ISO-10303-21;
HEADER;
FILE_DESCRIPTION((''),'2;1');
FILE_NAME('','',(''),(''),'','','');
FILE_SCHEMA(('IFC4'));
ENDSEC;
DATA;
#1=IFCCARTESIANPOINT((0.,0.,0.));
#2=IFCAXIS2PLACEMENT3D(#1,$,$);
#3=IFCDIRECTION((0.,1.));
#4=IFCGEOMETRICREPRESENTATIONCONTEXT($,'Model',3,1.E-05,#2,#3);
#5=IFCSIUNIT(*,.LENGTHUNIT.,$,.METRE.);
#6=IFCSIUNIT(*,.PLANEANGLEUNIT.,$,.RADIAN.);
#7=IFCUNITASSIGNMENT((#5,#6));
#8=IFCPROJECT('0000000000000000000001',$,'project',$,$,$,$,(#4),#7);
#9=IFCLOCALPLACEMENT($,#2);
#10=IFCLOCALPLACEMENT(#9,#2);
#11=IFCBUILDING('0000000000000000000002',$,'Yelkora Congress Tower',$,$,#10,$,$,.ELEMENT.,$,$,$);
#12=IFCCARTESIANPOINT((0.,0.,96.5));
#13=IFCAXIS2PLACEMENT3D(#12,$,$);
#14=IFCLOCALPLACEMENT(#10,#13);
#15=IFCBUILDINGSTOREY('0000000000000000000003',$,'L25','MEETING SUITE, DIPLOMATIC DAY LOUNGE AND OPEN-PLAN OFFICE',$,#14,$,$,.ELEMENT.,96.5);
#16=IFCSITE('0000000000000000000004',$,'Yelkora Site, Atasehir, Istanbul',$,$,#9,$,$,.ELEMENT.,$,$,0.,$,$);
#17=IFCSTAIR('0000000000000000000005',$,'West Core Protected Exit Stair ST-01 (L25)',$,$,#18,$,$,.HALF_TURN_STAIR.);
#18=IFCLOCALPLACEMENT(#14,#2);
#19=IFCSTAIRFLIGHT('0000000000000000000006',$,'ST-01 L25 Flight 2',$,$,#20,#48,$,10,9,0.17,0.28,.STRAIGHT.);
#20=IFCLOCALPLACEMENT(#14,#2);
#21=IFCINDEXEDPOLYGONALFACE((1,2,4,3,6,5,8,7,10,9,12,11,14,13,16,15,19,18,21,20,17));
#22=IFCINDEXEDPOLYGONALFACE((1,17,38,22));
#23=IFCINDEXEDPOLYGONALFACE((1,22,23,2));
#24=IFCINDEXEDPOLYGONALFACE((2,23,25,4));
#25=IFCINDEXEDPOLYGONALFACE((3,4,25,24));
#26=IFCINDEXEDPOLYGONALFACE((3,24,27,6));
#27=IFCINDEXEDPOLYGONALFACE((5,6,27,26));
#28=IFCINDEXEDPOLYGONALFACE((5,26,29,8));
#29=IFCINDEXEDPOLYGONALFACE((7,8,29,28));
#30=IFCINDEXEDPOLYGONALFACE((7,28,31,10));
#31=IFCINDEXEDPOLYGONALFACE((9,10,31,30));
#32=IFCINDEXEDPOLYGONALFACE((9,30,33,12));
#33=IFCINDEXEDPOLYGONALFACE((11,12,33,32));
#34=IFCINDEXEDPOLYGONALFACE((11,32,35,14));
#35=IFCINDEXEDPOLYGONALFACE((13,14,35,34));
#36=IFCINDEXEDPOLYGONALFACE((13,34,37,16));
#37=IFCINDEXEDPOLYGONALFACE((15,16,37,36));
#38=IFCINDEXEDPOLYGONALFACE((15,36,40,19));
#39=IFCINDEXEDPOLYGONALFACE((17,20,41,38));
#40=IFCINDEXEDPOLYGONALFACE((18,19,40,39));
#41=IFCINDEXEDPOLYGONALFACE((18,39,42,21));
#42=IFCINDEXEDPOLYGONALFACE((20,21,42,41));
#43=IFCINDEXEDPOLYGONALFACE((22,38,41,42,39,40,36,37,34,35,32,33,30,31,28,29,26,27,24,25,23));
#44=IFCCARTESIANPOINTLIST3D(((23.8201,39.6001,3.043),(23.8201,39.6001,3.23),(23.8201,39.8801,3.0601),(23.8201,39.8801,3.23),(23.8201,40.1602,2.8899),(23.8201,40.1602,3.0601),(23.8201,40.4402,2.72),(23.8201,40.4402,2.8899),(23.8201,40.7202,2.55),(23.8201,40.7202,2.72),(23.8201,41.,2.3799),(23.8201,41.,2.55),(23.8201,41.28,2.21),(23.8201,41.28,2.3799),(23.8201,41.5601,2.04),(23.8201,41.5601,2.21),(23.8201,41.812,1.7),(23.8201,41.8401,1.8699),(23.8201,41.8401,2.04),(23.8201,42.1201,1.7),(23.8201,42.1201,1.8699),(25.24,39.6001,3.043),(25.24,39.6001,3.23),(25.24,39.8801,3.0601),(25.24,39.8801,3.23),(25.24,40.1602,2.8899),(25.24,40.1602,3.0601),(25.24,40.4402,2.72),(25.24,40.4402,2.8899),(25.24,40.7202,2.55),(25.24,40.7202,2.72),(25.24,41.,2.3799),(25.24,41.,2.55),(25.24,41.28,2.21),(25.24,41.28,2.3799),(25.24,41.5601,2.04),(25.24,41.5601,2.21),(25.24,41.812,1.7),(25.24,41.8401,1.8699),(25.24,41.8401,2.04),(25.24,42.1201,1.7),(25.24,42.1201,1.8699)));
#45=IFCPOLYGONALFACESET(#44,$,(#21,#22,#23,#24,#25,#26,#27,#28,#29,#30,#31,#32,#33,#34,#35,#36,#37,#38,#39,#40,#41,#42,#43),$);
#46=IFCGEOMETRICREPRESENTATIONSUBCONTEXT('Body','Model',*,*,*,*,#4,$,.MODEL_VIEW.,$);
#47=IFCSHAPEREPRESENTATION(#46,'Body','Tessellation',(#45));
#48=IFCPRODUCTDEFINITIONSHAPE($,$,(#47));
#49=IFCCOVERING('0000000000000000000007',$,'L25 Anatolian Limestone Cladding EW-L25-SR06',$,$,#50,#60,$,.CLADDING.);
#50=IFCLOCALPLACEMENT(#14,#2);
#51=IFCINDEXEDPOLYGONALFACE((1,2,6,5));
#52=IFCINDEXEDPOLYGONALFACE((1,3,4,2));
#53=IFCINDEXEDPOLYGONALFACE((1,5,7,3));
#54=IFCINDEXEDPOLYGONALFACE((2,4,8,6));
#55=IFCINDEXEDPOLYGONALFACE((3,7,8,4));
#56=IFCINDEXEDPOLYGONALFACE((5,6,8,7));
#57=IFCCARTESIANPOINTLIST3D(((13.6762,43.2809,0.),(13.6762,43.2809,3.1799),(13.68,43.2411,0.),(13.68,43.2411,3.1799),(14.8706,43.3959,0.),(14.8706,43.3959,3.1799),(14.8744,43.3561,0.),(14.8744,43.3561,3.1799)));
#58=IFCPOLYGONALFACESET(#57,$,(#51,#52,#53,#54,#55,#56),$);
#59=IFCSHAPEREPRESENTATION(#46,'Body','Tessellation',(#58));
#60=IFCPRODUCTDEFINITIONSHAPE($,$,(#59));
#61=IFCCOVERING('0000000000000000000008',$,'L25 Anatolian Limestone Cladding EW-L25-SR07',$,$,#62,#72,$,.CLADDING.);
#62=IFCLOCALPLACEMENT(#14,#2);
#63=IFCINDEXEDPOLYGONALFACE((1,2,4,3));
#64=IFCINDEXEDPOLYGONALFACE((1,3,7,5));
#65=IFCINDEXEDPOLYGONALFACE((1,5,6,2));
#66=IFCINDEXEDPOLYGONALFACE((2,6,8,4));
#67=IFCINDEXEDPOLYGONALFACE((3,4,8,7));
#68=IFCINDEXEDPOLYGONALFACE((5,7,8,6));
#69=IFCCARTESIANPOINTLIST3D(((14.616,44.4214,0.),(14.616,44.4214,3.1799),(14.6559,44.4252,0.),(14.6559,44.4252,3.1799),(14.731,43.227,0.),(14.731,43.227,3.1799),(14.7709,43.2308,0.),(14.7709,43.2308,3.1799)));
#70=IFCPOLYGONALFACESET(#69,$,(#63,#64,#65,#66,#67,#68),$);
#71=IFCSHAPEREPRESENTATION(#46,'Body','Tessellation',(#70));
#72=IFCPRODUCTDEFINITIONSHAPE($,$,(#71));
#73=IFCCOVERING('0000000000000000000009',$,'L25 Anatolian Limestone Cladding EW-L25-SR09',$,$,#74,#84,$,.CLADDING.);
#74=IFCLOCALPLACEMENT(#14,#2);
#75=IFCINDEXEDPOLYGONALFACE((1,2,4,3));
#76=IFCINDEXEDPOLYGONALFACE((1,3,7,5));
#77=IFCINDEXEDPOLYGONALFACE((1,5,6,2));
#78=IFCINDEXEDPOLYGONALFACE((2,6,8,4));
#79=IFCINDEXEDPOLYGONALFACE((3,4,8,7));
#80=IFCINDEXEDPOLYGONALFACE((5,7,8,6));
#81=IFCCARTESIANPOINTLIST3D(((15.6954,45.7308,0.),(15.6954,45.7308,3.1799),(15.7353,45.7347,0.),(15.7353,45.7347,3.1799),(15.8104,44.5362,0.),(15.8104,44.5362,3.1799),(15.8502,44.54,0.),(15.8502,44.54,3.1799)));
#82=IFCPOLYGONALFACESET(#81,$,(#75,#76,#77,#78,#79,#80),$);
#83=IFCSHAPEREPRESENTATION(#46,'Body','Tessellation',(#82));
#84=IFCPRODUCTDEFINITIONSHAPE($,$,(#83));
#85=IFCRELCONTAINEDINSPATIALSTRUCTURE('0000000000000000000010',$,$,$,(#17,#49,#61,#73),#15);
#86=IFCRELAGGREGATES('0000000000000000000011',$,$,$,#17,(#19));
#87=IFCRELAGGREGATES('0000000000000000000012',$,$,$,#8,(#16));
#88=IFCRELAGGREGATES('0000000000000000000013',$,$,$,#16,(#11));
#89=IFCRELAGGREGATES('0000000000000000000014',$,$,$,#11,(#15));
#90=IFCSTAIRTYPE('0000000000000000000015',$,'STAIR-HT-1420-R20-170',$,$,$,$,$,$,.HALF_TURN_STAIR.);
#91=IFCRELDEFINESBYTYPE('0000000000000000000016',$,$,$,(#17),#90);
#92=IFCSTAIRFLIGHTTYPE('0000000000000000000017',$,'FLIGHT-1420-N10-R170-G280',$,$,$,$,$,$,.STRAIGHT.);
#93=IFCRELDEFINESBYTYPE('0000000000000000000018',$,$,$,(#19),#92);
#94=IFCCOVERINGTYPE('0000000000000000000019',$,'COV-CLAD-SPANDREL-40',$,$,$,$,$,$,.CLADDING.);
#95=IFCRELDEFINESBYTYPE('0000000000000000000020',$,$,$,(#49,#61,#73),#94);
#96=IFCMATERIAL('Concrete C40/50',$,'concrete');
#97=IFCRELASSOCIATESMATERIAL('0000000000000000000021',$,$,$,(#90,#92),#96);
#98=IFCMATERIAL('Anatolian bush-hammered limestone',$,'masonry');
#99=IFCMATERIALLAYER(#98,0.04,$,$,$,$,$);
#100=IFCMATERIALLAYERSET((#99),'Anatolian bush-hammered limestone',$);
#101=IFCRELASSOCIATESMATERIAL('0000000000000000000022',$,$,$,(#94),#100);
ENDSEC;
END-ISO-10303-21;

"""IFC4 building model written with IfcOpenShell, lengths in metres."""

from ifc_helpers import new_model, si_unit, direction, frame, frame_2d, origin, place, context, subcontext, project, spatial, polyline, rectangle, outline, extrude, material, layer, layer_set, type_object, element, aggregate, save


model = new_model("IFC4")

# Units and contexts
model_context = context("Model", 3, precision=1e-05, world=origin(), true_north=direction((0.0, 1.0)))
body_context = subcontext(model_context, "Body", "Model", "MODEL_VIEW")
ifc_project = project(units=[si_unit("LENGTHUNIT", "METRE"), si_unit("PLANEANGLEUNIT", "RADIAN")], contexts=[model_context])

# Site, building, storey
site_placement = place(None, origin())
site = spatial("IfcSite", under=ifc_project, at=site_placement, Name="Yelkora Site, Atasehir, Istanbul", CompositionType="ELEMENT", RefElevation=0.0)
building_placement = place(site_placement, origin())
building = spatial("IfcBuilding", under=site, at=building_placement, Name="Yelkora Congress Tower", CompositionType="ELEMENT")
storey_placement = place(building_placement, frame((0.0, 0.0, 96.5)))
storey = spatial("IfcBuildingStorey", under=building, at=storey_placement, Name="L25", Description="MEETING SUITE, DIPLOMATIC DAY LOUNGE AND OPEN-PLAN OFFICE", CompositionType="ELEMENT", Elevation=96.5)

# Shared definitions
ifc_material_1 = material(Name="Concrete C40/50", Category="concrete")

# Stair, stair flight
stair_type = type_object("IfcStairType", Name="STAIR-HT-1420-R20-170", PredefinedType="HALF_TURN_STAIR", material=ifc_material_1)
stair_placement = place(storey_placement, origin())
stair = element("IfcStair", 1, at=stair_placement, inside=storey, type_object=stair_type, Name="West Core Protected Exit Stair ST-01 (L25)", PredefinedType="HALF_TURN_STAIR")
stair_flight_type = type_object("IfcStairFlightType", Name="FLIGHT-1420-N10-R170-G280", PredefinedType="STRAIGHT", material=ifc_material_1)
stair_flight_placement = place(storey_placement, frame((24.53, 42.1201, 1.7), z_axis=(0.0, 0.0, 1.0), x_axis=(0.0, -1.0, 0.0)))
stair_flight = element("IfcStairFlight", 2, at=stair_flight_placement, type_object=stair_flight_type, Name="ST-01 L25 Flight 2", NumberOfRisers=10, NumberOfTreads=9, PredefinedType="STRAIGHT", RiserHeight=0.17, TreadLength=0.28, context=body_context, shape_type="SweptSolid", body=[
    extrude(outline(polyline([(0.0, 0.0), (0.0, 0.1699), (0.28, 0.1699), (0.28, 0.3401), (0.5601, 0.3401), (0.5601, 0.51), (0.8401, 0.51), (0.8401, 0.6799), (1.1201, 0.6799), (1.1201, 0.8501), (1.3999, 0.8501), (1.3999, 1.02), (1.6799, 1.02), (1.6799, 1.1899), (1.96, 1.1899), (1.96, 1.3601), (2.24, 1.3601), (2.24, 1.53), (2.52, 1.53), (2.52, 1.7), (2.52, 1.343), (0.3081, 0.0), (0.0, 0.0)])), frame((0.0, 0.71, 0.0), z_axis=(0.0, -1.0, 0.0), x_axis=(1.0, 0.0, 0.0)), (0.0, 0.0, 1.0), 1.4199),
])
aggregate(stair, [stair_flight])

# Coverings
ifc_material_2 = material(Name="Anatolian bush-hammered limestone", Category="masonry")
ifc_layer_1 = layer(ifc_material_2, 0.04)
ifc_layer_set_1 = layer_set([ifc_layer_1], Name="Anatolian bush-hammered limestone")
covering_type = type_object("IfcCoveringType", Name="COV-CLAD-SPANDREL-40", PredefinedType="CLADDING", material=ifc_layer_set_1)
for number, where, z_axis, x_axis, name in (
    (3, (13.678, 43.261, 0.0), (0.0, 0.0, 1.0), (0.995397, 0.095836, 0.0), "L25 Anatolian Limestone Cladding EW-L25-SR06"),
    (4, (14.751, 43.2288, 0.0), (0.0, 0.0, 1.0), (-0.095836, 0.995397, 0.0), "L25 Anatolian Limestone Cladding EW-L25-SR07"),
):
    element("IfcCovering", number, at=place(storey_placement, frame(where, z_axis=z_axis, x_axis=x_axis)), inside=storey, type_object=covering_type, Name=name, PredefinedType="CLADDING", context=body_context, shape_type="SweptSolid", body=[
        extrude(rectangle(XDim=1.2, YDim=0.04, at=frame_2d((0.6001, 0.0))), origin(), (0.0, 0.0, 1.0), 3.1799),
    ])
covering_placement = place(storey_placement, frame((15.8303, 44.5381, 0.0), z_axis=(0.0, 0.0, 1.0), x_axis=(-0.095817, 0.995399, 0.0)))
element("IfcCovering", 5, at=covering_placement, inside=storey, type_object=covering_type, Name="L25 Anatolian Limestone Cladding EW-L25-SR09", PredefinedType="CLADDING", context=body_context, shape_type="SweptSolid", body=[
    extrude(rectangle(XDim=1.2002, YDim=0.04, at=frame_2d((0.6001, 0.0))), origin(), (0.0, 0.0, 1.0), 3.1799),
])

save(model, "model.ifc")
